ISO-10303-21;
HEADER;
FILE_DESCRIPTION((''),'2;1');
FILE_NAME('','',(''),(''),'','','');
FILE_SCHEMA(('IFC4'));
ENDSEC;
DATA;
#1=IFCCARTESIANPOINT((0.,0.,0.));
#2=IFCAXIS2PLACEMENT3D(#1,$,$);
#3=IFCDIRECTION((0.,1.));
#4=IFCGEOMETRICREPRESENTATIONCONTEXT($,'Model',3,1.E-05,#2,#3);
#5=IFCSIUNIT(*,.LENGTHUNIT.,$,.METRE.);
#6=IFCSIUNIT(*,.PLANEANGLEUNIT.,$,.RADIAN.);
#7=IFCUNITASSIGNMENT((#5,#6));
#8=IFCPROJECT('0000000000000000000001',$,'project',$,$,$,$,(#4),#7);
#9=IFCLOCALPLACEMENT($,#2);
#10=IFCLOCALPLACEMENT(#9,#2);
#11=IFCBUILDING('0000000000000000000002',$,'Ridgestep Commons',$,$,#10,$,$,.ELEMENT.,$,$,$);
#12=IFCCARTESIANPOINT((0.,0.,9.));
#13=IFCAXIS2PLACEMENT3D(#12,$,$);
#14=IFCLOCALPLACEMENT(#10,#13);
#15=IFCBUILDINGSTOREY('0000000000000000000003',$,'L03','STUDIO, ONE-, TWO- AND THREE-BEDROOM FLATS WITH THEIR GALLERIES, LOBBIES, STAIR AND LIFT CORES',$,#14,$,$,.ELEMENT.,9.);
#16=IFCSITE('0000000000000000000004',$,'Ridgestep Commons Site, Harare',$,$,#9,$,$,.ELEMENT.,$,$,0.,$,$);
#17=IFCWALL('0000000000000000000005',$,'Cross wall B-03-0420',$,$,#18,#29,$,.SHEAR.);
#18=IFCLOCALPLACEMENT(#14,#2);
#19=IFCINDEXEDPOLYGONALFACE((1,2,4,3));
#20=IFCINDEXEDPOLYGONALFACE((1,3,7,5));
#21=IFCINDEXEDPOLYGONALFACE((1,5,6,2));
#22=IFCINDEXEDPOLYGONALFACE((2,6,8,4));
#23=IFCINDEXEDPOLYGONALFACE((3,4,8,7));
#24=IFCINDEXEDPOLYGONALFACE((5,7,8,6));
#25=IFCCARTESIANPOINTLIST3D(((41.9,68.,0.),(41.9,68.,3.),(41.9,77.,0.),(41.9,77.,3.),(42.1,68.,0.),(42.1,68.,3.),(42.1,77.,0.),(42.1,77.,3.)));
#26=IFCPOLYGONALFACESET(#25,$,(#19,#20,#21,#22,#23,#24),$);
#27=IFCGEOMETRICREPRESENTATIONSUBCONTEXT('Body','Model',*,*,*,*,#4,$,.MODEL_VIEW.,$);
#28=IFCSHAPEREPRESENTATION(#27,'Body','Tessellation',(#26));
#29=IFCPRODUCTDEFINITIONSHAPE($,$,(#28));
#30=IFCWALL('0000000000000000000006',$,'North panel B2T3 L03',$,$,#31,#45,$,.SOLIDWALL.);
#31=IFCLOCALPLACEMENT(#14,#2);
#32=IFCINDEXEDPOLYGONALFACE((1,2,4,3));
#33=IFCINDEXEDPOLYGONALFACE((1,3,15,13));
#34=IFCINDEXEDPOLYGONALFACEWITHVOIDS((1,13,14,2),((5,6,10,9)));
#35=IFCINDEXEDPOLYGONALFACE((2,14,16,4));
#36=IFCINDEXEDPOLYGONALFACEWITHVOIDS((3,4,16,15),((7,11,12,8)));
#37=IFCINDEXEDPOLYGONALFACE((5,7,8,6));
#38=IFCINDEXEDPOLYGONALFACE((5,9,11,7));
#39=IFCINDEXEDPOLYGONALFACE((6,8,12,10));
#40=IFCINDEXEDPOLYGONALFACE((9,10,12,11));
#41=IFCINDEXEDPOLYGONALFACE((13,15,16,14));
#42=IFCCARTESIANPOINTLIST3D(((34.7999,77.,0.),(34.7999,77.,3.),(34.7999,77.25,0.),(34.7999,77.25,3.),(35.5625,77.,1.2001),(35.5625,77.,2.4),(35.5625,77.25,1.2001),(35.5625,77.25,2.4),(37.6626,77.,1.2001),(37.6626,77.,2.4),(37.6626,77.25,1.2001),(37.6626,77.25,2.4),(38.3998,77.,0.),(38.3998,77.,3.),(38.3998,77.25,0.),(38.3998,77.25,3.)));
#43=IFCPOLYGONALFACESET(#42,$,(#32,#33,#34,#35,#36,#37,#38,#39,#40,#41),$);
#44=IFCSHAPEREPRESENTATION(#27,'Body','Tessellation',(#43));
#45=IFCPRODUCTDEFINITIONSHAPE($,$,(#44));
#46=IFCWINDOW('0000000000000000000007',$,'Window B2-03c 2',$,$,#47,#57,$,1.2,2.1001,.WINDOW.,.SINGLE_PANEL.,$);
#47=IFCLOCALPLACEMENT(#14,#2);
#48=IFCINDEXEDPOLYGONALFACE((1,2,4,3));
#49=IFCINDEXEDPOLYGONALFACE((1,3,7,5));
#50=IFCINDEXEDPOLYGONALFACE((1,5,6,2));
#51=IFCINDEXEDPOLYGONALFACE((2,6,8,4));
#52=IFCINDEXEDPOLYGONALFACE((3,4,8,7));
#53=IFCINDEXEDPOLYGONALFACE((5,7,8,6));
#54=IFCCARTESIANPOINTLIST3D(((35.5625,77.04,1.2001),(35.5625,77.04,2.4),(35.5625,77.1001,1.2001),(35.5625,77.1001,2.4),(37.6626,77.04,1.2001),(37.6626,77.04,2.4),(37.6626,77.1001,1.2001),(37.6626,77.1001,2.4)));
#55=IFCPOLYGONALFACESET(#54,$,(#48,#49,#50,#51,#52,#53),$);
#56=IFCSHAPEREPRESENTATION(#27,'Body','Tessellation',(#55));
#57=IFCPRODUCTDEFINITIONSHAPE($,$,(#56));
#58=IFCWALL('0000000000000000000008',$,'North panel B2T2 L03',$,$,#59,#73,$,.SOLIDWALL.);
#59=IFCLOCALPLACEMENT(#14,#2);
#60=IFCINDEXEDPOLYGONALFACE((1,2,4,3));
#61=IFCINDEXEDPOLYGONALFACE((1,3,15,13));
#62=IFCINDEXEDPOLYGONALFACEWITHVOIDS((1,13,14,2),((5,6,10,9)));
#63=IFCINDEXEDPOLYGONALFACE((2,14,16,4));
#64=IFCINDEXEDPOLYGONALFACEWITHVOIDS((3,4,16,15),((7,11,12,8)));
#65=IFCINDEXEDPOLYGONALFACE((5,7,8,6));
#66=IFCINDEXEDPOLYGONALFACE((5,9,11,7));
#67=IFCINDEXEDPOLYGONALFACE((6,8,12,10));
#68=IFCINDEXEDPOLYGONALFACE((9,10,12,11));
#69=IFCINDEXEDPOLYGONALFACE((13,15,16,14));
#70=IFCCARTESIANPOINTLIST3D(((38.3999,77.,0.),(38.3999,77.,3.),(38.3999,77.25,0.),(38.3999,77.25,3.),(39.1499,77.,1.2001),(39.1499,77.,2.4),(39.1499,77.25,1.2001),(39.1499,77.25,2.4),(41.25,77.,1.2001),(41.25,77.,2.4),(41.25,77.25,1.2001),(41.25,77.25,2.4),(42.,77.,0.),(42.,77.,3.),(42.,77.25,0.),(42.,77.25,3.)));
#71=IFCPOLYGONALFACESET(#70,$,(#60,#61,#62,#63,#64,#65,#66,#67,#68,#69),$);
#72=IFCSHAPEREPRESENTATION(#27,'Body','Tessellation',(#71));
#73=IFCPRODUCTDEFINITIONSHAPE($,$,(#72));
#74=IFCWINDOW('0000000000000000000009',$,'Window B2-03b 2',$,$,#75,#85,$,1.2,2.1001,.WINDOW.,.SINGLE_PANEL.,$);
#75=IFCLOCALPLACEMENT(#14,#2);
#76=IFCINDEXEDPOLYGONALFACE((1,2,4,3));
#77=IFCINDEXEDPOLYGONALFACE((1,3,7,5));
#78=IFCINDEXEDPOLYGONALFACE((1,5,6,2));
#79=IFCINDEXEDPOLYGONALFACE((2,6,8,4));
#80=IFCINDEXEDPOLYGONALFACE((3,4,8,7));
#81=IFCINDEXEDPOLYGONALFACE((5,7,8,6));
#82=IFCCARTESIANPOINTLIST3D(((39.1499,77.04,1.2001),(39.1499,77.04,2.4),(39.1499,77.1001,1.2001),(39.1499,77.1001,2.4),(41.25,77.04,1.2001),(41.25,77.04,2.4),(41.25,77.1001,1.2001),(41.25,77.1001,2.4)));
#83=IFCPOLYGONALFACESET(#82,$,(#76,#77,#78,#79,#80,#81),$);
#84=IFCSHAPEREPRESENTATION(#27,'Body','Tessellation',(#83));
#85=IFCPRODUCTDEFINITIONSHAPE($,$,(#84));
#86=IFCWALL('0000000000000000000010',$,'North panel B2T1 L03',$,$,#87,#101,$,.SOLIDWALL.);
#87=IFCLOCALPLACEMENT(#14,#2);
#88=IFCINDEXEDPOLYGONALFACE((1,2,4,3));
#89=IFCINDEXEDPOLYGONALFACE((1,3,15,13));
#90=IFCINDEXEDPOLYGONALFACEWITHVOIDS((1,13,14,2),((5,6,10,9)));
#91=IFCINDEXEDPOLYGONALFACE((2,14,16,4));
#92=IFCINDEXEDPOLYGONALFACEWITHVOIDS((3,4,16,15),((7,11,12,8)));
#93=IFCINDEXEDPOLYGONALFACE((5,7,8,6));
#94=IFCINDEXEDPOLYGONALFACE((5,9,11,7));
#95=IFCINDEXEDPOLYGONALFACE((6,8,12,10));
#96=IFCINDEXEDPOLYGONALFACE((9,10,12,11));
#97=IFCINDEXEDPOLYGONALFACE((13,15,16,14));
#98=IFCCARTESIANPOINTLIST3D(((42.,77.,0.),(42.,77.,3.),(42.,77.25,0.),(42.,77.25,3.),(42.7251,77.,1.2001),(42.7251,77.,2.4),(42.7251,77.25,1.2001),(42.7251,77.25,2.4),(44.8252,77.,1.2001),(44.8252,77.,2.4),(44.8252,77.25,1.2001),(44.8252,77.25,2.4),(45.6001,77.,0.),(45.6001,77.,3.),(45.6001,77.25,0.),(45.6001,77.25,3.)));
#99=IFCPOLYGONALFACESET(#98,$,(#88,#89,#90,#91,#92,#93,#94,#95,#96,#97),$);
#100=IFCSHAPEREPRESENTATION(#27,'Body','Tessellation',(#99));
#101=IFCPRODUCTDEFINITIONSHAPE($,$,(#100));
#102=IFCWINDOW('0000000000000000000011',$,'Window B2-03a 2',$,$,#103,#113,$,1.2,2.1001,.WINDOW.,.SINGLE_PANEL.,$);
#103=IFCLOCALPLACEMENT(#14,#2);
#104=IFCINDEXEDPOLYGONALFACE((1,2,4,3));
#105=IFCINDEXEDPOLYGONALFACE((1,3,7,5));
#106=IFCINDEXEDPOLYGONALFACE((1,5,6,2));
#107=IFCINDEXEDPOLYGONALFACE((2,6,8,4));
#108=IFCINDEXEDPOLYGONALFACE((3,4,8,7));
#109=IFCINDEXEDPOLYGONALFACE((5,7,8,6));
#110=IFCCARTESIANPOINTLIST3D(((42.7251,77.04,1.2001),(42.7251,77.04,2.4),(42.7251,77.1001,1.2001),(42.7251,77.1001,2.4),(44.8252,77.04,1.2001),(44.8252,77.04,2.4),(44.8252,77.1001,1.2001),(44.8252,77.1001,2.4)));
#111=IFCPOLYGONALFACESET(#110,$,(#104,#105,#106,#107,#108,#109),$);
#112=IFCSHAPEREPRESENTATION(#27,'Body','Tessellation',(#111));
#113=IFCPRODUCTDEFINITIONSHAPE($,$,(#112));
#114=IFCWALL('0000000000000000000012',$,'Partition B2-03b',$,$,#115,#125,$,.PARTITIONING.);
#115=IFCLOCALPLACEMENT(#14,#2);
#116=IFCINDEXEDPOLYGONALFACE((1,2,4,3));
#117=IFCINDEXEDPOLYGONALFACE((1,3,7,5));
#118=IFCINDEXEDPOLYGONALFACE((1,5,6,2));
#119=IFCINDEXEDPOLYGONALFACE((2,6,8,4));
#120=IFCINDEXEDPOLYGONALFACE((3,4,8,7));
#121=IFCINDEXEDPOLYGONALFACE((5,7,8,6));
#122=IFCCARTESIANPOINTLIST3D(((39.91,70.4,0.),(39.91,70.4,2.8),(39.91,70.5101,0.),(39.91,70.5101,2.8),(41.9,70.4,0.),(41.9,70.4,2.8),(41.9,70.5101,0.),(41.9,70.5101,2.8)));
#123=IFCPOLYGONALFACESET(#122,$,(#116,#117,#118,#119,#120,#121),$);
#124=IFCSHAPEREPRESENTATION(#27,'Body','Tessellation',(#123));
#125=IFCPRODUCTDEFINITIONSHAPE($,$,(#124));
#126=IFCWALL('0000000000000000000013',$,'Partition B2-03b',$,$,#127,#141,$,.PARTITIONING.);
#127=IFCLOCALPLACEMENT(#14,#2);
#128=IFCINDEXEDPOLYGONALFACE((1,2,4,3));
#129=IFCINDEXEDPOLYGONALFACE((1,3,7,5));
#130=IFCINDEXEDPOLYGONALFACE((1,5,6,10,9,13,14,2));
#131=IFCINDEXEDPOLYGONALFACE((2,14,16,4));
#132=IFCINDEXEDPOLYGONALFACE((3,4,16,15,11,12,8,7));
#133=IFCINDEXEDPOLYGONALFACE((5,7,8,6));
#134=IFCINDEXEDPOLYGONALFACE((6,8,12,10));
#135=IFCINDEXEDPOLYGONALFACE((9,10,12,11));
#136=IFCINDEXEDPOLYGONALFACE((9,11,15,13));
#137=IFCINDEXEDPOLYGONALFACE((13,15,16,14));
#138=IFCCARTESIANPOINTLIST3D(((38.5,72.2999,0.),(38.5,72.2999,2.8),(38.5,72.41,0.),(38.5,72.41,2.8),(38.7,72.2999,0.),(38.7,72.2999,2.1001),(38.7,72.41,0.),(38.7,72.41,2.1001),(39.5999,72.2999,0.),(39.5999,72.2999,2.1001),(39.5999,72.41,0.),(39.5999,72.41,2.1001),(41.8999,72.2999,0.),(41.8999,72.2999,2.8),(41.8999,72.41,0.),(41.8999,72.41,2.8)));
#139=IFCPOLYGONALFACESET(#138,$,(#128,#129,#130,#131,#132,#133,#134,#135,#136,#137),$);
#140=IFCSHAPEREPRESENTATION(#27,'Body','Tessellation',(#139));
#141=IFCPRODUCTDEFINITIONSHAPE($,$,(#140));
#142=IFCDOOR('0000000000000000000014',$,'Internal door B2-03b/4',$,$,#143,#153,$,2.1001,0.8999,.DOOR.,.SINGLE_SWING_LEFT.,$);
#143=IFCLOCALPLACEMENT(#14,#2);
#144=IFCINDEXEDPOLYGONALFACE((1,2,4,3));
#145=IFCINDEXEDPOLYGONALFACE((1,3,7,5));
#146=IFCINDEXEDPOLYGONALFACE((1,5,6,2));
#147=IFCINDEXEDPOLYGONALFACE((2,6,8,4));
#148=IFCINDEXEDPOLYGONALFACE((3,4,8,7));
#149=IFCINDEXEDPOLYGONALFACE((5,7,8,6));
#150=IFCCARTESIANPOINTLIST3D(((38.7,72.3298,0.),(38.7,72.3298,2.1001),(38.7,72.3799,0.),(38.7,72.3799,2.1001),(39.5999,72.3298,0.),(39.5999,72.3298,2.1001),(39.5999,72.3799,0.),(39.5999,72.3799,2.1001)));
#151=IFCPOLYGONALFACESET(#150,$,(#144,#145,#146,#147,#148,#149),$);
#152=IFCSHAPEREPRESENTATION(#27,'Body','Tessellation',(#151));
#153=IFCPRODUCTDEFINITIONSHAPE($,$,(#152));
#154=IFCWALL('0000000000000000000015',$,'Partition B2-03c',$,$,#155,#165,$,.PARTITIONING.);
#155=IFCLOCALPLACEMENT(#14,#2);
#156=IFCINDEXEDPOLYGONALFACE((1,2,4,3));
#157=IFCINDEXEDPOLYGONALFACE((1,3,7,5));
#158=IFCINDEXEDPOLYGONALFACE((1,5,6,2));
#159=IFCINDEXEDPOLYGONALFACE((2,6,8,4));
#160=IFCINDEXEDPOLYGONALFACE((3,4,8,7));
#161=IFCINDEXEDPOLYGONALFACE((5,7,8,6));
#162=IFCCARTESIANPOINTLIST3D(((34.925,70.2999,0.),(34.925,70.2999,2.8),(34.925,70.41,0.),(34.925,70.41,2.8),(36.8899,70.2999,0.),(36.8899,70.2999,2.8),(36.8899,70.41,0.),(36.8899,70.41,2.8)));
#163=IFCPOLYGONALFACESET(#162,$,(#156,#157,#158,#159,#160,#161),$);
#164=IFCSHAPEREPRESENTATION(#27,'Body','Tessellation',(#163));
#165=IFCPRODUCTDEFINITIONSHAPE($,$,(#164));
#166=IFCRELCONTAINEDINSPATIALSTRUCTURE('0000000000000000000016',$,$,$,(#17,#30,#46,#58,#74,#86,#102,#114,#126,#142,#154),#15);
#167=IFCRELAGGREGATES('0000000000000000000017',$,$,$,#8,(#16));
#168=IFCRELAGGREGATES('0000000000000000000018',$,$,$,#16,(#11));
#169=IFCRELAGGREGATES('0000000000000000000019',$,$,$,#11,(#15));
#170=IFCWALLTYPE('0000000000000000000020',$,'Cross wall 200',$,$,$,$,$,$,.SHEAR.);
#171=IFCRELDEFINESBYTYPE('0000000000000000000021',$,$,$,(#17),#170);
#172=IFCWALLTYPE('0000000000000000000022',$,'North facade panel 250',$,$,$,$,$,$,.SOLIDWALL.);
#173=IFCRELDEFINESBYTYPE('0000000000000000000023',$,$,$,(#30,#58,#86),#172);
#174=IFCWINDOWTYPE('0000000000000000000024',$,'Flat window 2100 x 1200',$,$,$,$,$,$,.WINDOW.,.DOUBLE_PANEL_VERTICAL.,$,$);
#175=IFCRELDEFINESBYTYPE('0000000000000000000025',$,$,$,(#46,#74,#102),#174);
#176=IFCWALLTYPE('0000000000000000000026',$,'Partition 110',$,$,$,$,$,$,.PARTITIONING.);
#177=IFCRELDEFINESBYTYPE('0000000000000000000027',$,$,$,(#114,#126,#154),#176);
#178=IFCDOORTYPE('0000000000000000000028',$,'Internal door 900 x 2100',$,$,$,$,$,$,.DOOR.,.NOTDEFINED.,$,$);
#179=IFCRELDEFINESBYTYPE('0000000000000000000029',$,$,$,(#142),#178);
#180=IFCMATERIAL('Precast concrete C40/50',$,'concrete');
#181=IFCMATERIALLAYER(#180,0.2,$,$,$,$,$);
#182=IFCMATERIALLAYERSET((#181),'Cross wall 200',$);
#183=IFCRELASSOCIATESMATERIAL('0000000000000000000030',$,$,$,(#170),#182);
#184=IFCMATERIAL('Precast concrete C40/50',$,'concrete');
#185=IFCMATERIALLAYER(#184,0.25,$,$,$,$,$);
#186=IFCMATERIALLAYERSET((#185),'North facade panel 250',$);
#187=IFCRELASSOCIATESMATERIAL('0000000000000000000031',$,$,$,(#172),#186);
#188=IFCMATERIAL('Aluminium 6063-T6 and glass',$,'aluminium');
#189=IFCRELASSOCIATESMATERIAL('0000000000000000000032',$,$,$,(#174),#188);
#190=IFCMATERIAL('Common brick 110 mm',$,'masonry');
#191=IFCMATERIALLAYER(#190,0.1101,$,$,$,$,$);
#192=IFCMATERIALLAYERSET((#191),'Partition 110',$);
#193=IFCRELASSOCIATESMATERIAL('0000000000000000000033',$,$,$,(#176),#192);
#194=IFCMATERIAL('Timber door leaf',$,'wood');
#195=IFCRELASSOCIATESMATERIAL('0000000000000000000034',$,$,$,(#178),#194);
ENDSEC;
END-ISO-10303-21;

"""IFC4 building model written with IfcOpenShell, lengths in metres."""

from ifc_helpers import new_model, si_unit, direction, frame, frame_2d, origin, place, context, subcontext, project, spatial, rectangle, extrude, material, layer, layer_set, type_object, element, fill, save


model = new_model("IFC4")

# Units and contexts
model_context = context("Model", 3, precision=1e-05, world=origin(), true_north=direction((0.0, 1.0)))
body_context = subcontext(model_context, "Body", "Model", "MODEL_VIEW")
ifc_project = project(units=[si_unit("LENGTHUNIT", "METRE"), si_unit("PLANEANGLEUNIT", "RADIAN")], contexts=[model_context])

# Site, building, storey
site_placement = place(None, origin())
site = spatial("IfcSite", under=ifc_project, at=site_placement, Name="Ridgestep Commons Site, Harare", CompositionType="ELEMENT", RefElevation=0.0)
building_placement = place(site_placement, origin())
building = spatial("IfcBuilding", under=site, at=building_placement, Name="Ridgestep Commons", CompositionType="ELEMENT")
storey_placement = place(building_placement, frame((0.0, 0.0, 9.0)))
storey = spatial("IfcBuildingStorey", under=building, at=storey_placement, Name="L03", Description="STUDIO, ONE-, TWO- AND THREE-BEDROOM FLATS WITH THEIR GALLERIES, LOBBIES, STAIR AND LIFT CORES", CompositionType="ELEMENT", Elevation=9.0)

# Wall
ifc_material_1 = material(Name="Precast concrete C40/50", Category="concrete")
ifc_layer_1 = layer(ifc_material_1, 0.2)
ifc_layer_set_1 = layer_set([ifc_layer_1], Name="Cross wall 200")
wall_type_1 = type_object("IfcWallType", Name="Cross wall 200", PredefinedType="SHEAR", material=ifc_layer_set_1)
wall_1_placement = place(storey_placement, frame((42.0, 68.0, 0.0), z_axis=(0.0, 0.0, 1.0), x_axis=(0.0, 1.0, 0.0)))
element("IfcWall", 1, at=wall_1_placement, inside=storey, type_object=wall_type_1, Name="Cross wall B-03-0420", PredefinedType="SHEAR", context=body_context, shape_type="SweptSolid", body=[
    extrude(rectangle(XDim=9.0, YDim=0.2, at=frame_2d((4.5, 0.0))), origin(), (0.0, 0.0, 1.0), 3.0),
])

# Walls, openings, windows
ifc_material_2 = material(Name="Precast concrete C40/50", Category="concrete")
ifc_layer_2 = layer(ifc_material_2, 0.25)
ifc_layer_set_2 = layer_set([ifc_layer_2], Name="North facade panel 250")
wall_type_2 = type_object("IfcWallType", Name="North facade panel 250", PredefinedType="SOLIDWALL", material=ifc_layer_set_2)
wall_2_placement = place(storey_placement, frame((34.8, 77.125, 0.0), z_axis=(0.0, 0.0, 1.0), x_axis=(1.0, 0.0, 0.0)))
wall_2 = element("IfcWall", 2, at=wall_2_placement, inside=storey, type_object=wall_type_2, Name="North panel B2T3 L03", PredefinedType="SOLIDWALL", context=body_context, shape_type="SweptSolid", body=[
    extrude(rectangle(XDim=3.5999, YDim=0.25, at=frame_2d((1.7998, 0.0))), origin(), (0.0, 0.0, 1.0), 3.0),
])
opening_1_placement = place(wall_2_placement, frame((0.7625, 0.0, 1.2)))
opening_1 = element("IfcOpeningElement", 3, at=opening_1_placement, cuts=wall_2, PredefinedType="OPENING", context=body_context, shape_type="SweptSolid", body=[
    extrude(rectangle(XDim=2.1001, YDim=1.2, at=frame_2d((1.05, 0.6001))), frame((0.0, 0.135, 0.0), z_axis=(0.0, -1.0, 0.0), x_axis=(1.0, 0.0, 0.0)), (0.0, 0.0, 1.0), 0.27),
])
ifc_material_3 = material(Name="Aluminium 6063-T6 and glass", Category="aluminium")
window_type = type_object("IfcWindowType", Name="Flat window 2100 x 1200", PartitioningType="DOUBLE_PANEL_VERTICAL", PredefinedType="WINDOW", material=ifc_material_3)
window_1_placement = place(opening_1_placement, origin())
window_1 = element("IfcWindow", 4, at=window_1_placement, inside=storey, type_object=window_type, Name="Window B2-03c 2", OverallHeight=1.2, OverallWidth=2.1001, PartitioningType="SINGLE_PANEL", PredefinedType="WINDOW", context=body_context, shape_type="SweptSolid", body=[
    extrude(rectangle(XDim=2.1001, YDim=1.2, at=frame_2d((1.05, 0.6001))), frame((0.0, -0.0249, 0.0), z_axis=(0.0, -1.0, 0.0), x_axis=(1.0, 0.0, 0.0)), (0.0, 0.0, 1.0), 0.0601),
])
fill(opening_1, window_1)
wall_3_placement = place(storey_placement, frame((38.3999, 77.125, 0.0), z_axis=(0.0, 0.0, 1.0), x_axis=(1.0, 0.0, 0.0)))
wall_3 = element("IfcWall", 5, at=wall_3_placement, inside=storey, type_object=wall_type_2, Name="North panel B2T2 L03", PredefinedType="SOLIDWALL", context=body_context, shape_type="SweptSolid", body=[
    extrude(rectangle(XDim=3.6001, YDim=0.25, at=frame_2d((1.8, 0.0))), origin(), (0.0, 0.0, 1.0), 3.0),
])
opening_2_placement = place(wall_3_placement, frame((0.75, 0.0, 1.2)))
opening_2 = element("IfcOpeningElement", 6, at=opening_2_placement, cuts=wall_3, PredefinedType="OPENING", context=body_context, shape_type="SweptSolid", body=[
    extrude(rectangle(XDim=2.1001, YDim=1.2, at=frame_2d((1.05, 0.6001))), frame((0.0, 0.135, 0.0), z_axis=(0.0, -1.0, 0.0), x_axis=(1.0, 0.0, 0.0)), (0.0, 0.0, 1.0), 0.27),
])
window_2_placement = place(opening_2_placement, origin())
window_2 = element("IfcWindow", 7, at=window_2_placement, inside=storey, type_object=window_type, Name="Window B2-03b 2", OverallHeight=1.2, OverallWidth=2.1001, PartitioningType="SINGLE_PANEL", PredefinedType="WINDOW", context=body_context, shape_type="SweptSolid", body=[
    extrude(rectangle(XDim=2.1001, YDim=1.2, at=frame_2d((1.05, 0.6001))), frame((0.0, -0.0249, 0.0), z_axis=(0.0, -1.0, 0.0), x_axis=(1.0, 0.0, 0.0)), (0.0, 0.0, 1.0), 0.0601),
])
fill(opening_2, window_2)
wall_4_placement = place(storey_placement, frame((42.0, 77.125, 0.0), z_axis=(0.0, 0.0, 1.0), x_axis=(1.0, 0.0, 0.0)))
wall_4 = element("IfcWall", 8, at=wall_4_placement, inside=storey, type_object=wall_type_2, Name="North panel B2T1 L03", PredefinedType="SOLIDWALL", context=body_context, shape_type="SweptSolid", body=[
    extrude(rectangle(XDim=3.6001, YDim=0.25, at=frame_2d((1.8, 0.0))), origin(), (0.0, 0.0, 1.0), 3.0),
])
opening_3_placement = place(wall_4_placement, frame((0.7251, 0.0, 1.2)))
opening_3 = element("IfcOpeningElement", 9, at=opening_3_placement, cuts=wall_4, PredefinedType="OPENING", context=body_context, shape_type="SweptSolid", body=[
    extrude(rectangle(XDim=2.1001, YDim=1.2, at=frame_2d((1.05, 0.6001))), frame((0.0, 0.135, 0.0), z_axis=(0.0, -1.0, 0.0), x_axis=(1.0, 0.0, 0.0)), (0.0, 0.0, 1.0), 0.27),
])
window_3_placement = place(opening_3_placement, origin())
window_3 = element("IfcWindow", 10, at=window_3_placement, inside=storey, type_object=window_type, Name="Window B2-03a 2", OverallHeight=1.2, OverallWidth=2.1001, PartitioningType="SINGLE_PANEL", PredefinedType="WINDOW", context=body_context, shape_type="SweptSolid", body=[
    extrude(rectangle(XDim=2.1001, YDim=1.2, at=frame_2d((1.05, 0.6001))), frame((0.0, -0.0249, 0.0), z_axis=(0.0, -1.0, 0.0), x_axis=(1.0, 0.0, 0.0)), (0.0, 0.0, 1.0), 0.0601),
])
fill(opening_3, window_3)

# Wall
ifc_material_4 = material(Name="Common brick 110 mm", Category="masonry")
ifc_layer_3 = layer(ifc_material_4, 0.1101)
ifc_layer_set_3 = layer_set([ifc_layer_3], Name="Partition 110")
wall_type_3 = type_object("IfcWallType", Name="Partition 110", PredefinedType="PARTITIONING", material=ifc_layer_set_3)
wall_5_placement = place(storey_placement, frame((39.9099, 70.4551, 0.0), z_axis=(0.0, 0.0, 1.0), x_axis=(1.0, 0.0, 0.0)))
element("IfcWall", 11, at=wall_5_placement, inside=storey, type_object=wall_type_3, Name="Partition B2-03b", PredefinedType="PARTITIONING", context=body_context, shape_type="SweptSolid", body=[
    extrude(rectangle(XDim=1.99, YDim=0.1101, at=frame_2d((0.9951, 0.0))), origin(), (0.0, 0.0, 1.0), 2.8),
])

# Wall, opening, door
wall_6_placement = place(storey_placement, frame((38.5, 72.355, 0.0), z_axis=(0.0, 0.0, 1.0), x_axis=(1.0, 0.0, 0.0)))
wall_6 = element("IfcWall", 12, at=wall_6_placement, inside=storey, type_object=wall_type_3, Name="Partition B2-03b", PredefinedType="PARTITIONING", context=body_context, shape_type="SweptSolid", body=[
    extrude(rectangle(XDim=3.3999, YDim=0.1101, at=frame_2d((1.7, 0.0))), origin(), (0.0, 0.0, 1.0), 2.8),
])
opening_4_placement = place(wall_6_placement, frame((0.2, 0.0, 0.0)))
opening_4 = element("IfcOpeningElement", 13, at=opening_4_placement, cuts=wall_6, PredefinedType="OPENING", context=body_context, shape_type="SweptSolid", body=[
    extrude(rectangle(XDim=0.8999, YDim=2.1001, at=frame_2d((0.45, 1.05))), frame((0.0, 0.0649, 0.0), z_axis=(0.0, -1.0, 0.0), x_axis=(1.0, 0.0, 0.0)), (0.0, 0.0, 1.0), 0.1301),
])
ifc_material_5 = material(Name="Timber door leaf", Category="wood")
door_type = type_object("IfcDoorType", Name="Internal door 900 x 2100", OperationType="NOTDEFINED", PredefinedType="DOOR", material=ifc_material_5)
door_1_placement = place(opening_4_placement, origin())
door_1 = element("IfcDoor", 14, at=door_1_placement, inside=storey, type_object=door_type, Name="Internal door B2-03b/4", OperationType="SINGLE_SWING_LEFT", OverallHeight=2.1001, OverallWidth=0.8999, PredefinedType="DOOR", context=body_context, shape_type="SweptSolid", body=[
    extrude(rectangle(XDim=0.8999, YDim=2.1001, at=frame_2d((0.45, 1.05))), frame((0.0, 0.0249, 0.0), z_axis=(0.0, -1.0, 0.0), x_axis=(1.0, 0.0, 0.0)), (0.0, 0.0, 1.0), 0.05),
])
fill(opening_4, door_1)

# Wall
wall_7_placement = place(storey_placement, frame((34.925, 70.355, 0.0), z_axis=(0.0, 0.0, 1.0), x_axis=(1.0, 0.0, 0.0)))
element("IfcWall", 15, at=wall_7_placement, inside=storey, type_object=wall_type_3, Name="Partition B2-03c", PredefinedType="PARTITIONING", context=body_context, shape_type="SweptSolid", body=[
    extrude(rectangle(XDim=1.9648, YDim=0.1101, at=frame_2d((0.9824, 0.0))), origin(), (0.0, 0.0, 1.0), 2.8),
])

save(model, "model.ifc")
